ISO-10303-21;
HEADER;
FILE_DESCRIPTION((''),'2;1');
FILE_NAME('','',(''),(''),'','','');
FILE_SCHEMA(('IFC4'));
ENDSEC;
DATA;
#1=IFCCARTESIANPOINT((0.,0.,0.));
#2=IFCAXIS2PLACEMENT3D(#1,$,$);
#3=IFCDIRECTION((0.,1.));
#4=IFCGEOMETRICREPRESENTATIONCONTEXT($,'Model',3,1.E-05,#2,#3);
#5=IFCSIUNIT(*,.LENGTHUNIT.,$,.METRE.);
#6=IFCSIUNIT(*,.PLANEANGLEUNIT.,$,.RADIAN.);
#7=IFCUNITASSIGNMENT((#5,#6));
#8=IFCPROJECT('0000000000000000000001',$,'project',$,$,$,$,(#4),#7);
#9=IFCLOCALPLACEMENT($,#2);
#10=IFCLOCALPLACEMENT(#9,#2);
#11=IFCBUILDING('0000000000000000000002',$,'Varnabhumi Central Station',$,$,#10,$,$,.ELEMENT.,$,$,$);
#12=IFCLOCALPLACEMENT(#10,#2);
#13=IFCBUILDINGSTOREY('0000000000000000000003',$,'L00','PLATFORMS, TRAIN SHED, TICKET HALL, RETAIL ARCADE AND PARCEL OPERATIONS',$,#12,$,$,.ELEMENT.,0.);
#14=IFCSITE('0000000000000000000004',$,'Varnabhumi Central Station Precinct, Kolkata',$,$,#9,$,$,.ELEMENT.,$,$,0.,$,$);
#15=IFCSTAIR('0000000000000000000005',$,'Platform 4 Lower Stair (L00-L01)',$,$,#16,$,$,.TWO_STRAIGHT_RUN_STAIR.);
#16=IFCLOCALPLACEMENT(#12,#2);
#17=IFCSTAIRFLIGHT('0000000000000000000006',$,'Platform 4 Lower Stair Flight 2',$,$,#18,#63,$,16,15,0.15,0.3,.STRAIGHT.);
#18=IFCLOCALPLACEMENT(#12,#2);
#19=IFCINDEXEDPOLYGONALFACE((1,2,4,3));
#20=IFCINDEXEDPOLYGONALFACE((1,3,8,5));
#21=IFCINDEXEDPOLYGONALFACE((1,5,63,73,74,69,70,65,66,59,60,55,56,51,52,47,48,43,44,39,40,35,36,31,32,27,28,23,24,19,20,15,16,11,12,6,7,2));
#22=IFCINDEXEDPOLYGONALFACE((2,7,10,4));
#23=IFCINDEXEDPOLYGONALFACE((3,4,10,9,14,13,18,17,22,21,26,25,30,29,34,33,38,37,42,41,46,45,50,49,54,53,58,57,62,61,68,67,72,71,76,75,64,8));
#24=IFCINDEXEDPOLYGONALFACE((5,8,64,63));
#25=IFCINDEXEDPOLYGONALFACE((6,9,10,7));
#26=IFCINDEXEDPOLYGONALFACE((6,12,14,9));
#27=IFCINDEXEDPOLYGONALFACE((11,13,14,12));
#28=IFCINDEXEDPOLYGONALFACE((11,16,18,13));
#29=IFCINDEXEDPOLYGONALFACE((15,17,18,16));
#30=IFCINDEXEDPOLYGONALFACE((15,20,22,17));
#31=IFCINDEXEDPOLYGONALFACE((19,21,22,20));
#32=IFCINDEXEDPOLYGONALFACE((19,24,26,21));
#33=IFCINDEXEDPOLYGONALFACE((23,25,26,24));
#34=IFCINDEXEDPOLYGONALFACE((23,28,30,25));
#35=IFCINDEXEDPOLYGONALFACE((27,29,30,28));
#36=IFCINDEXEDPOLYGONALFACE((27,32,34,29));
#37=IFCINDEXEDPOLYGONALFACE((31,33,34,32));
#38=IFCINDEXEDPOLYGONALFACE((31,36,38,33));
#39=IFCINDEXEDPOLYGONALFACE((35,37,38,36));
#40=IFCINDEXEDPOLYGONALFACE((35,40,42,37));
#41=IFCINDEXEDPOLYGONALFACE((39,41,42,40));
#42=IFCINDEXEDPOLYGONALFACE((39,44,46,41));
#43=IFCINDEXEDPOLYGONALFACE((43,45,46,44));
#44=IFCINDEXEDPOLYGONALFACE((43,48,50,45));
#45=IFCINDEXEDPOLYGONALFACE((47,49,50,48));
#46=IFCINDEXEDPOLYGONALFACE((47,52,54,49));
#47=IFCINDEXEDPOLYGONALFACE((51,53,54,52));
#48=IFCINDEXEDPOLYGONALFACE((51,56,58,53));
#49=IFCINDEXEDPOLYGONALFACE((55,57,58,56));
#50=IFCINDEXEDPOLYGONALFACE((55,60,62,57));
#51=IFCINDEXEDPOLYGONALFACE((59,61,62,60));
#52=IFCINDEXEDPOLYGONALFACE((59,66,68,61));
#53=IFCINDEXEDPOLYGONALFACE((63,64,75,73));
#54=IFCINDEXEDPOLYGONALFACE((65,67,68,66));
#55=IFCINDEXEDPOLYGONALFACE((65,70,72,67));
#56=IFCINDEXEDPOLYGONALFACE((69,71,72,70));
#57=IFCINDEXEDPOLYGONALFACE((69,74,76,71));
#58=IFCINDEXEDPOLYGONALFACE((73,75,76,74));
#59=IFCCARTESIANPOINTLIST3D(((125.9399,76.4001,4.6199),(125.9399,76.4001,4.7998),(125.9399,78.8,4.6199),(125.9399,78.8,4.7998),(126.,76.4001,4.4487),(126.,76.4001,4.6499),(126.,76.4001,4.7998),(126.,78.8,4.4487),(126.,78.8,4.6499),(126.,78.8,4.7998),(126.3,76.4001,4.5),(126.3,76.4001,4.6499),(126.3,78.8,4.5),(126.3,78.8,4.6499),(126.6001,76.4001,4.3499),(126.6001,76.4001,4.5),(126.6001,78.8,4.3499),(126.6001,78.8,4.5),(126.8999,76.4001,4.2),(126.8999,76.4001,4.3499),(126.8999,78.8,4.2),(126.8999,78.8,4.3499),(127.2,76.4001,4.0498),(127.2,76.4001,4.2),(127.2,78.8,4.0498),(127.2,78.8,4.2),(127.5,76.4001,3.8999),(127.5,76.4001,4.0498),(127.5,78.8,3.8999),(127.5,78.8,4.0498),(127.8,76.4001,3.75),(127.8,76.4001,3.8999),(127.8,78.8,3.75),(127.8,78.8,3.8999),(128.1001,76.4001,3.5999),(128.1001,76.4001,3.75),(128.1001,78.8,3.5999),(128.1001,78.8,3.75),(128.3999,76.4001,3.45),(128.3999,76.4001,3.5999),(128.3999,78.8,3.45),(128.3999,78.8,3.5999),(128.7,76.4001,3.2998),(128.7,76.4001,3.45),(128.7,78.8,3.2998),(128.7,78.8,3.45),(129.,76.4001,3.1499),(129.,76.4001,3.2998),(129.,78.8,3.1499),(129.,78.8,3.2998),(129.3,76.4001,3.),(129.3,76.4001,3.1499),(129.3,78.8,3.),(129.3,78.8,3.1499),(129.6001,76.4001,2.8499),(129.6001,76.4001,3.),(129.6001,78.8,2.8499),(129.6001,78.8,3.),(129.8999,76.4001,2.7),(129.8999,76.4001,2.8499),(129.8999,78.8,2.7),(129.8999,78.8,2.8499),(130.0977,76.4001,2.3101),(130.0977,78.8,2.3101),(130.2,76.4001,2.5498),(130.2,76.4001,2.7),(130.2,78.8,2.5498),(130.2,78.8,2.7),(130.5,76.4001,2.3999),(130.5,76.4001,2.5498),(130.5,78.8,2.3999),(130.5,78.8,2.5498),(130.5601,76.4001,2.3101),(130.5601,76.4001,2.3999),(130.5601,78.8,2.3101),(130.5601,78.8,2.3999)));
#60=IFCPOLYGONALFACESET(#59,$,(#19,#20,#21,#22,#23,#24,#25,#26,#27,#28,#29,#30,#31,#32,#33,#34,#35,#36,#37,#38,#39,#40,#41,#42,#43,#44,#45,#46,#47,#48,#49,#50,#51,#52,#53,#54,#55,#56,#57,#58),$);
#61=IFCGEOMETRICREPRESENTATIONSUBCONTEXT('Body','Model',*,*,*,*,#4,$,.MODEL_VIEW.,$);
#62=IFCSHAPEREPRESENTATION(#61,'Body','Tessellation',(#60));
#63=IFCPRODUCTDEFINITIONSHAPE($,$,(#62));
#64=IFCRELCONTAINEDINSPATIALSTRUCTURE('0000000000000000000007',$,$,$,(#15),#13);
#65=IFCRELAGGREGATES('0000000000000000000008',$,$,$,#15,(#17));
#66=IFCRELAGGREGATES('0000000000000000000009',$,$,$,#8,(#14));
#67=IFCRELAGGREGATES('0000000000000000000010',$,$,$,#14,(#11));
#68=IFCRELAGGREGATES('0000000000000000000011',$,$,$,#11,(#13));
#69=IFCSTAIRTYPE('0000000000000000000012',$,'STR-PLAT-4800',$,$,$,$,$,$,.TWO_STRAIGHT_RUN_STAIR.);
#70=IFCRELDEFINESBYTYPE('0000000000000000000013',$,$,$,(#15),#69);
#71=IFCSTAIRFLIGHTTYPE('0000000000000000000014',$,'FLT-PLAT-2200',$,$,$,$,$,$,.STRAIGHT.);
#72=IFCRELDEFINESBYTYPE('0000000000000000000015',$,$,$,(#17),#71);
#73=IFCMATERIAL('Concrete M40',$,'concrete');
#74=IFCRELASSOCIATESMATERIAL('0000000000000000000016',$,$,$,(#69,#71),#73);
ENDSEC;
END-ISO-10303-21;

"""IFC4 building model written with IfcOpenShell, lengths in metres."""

from ifc_helpers import new_model, si_unit, direction, frame, origin, place, context, subcontext, project, spatial, polyline, outline, extrude, material, type_object, element, aggregate, save


model = new_model("IFC4")

# Units and contexts
model_context = context("Model", 3, precision=1e-05, world=origin(), true_north=direction((0.0, 1.0)))
body_context = subcontext(model_context, "Body", "Model", "MODEL_VIEW")
ifc_project = project(units=[si_unit("LENGTHUNIT", "METRE"), si_unit("PLANEANGLEUNIT", "RADIAN")], contexts=[model_context])

# Site, building, storey
site_placement = place(None, origin())
site = spatial("IfcSite", under=ifc_project, at=site_placement, Name="Varnabhumi Central Station Precinct, Kolkata", CompositionType="ELEMENT", RefElevation=0.0)
building_placement = place(site_placement, origin())
building = spatial("IfcBuilding", under=site, at=building_placement, Name="Varnabhumi Central Station", CompositionType="ELEMENT")
storey_placement = place(building_placement, origin())
storey = spatial("IfcBuildingStorey", under=building, at=storey_placement, Name="L00", Description="PLATFORMS, TRAIN SHED, TICKET HALL, RETAIL ARCADE AND PARCEL OPERATIONS", CompositionType="ELEMENT", Elevation=0.0)

# Shared definitions
ifc_material_1 = material(Name="Concrete M40", Category="concrete")

# Stair, stair flight
stair_type = type_object("IfcStairType", Name="STR-PLAT-4800", PredefinedType="TWO_STRAIGHT_RUN_STAIR", material=ifc_material_1)
stair_placement = place(storey_placement, origin())
stair = element("IfcStair", 1, at=stair_placement, inside=storey, type_object=stair_type, Name="Platform 4 Lower Stair (L00-L01)", PredefinedType="TWO_STRAIGHT_RUN_STAIR")
stair_flight_type = type_object("IfcStairFlightType", Name="FLT-PLAT-2200", PredefinedType="STRAIGHT", material=ifc_material_1)
stair_flight_placement = place(storey_placement, frame((130.5, 77.6001, 2.3999), z_axis=(0.0, 0.0, 1.0), x_axis=(-1.0, 0.0, 0.0)))
stair_flight = element("IfcStairFlight", 2, at=stair_flight_placement, type_object=stair_flight_type, Name="Platform 4 Lower Stair Flight 2", NumberOfRisers=16, NumberOfTreads=15, PredefinedType="STRAIGHT", RiserHeight=0.15, TreadLength=0.3, context=body_context, shape_type="SweptSolid", body=[
    extrude(outline(polyline([(-0.0601, -0.0898), (-0.0601, 0.0), (0.0, 0.0), (0.0, 0.1499), (0.3, 0.1499), (0.3, 0.3), (0.6001, 0.3), (0.6001, 0.45), (0.8999, 0.45), (0.8999, 0.6001), (1.2, 0.6001), (1.2, 0.75), (1.5, 0.75), (1.5, 0.8999), (1.8, 0.8999), (1.8, 1.05), (2.1001, 1.05), (2.1001, 1.2), (2.3999, 1.2), (2.3999, 1.3501), (2.7, 1.3501), (2.7, 1.5), (3.0, 1.5), (3.0, 1.6499), (3.3, 1.6499), (3.3, 1.8), (3.6001, 1.8), (3.6001, 1.95), (3.8999, 1.95), (3.8999, 2.1001), (4.2, 2.1001), (4.2, 2.25), (4.5, 2.25), (4.5, 2.3999), (4.5601, 2.3999), (4.5601, 2.22), (4.5, 2.0488), (0.4023, -0.0898), (-0.0601, -0.0898)])), frame((0.0, 1.2, 0.0), z_axis=(0.0, -1.0, 0.0), x_axis=(1.0, 0.0, 0.0)), (0.0, 0.0, 1.0), 2.3999),
])
aggregate(stair, [stair_flight])

save(model, "model.ifc")
